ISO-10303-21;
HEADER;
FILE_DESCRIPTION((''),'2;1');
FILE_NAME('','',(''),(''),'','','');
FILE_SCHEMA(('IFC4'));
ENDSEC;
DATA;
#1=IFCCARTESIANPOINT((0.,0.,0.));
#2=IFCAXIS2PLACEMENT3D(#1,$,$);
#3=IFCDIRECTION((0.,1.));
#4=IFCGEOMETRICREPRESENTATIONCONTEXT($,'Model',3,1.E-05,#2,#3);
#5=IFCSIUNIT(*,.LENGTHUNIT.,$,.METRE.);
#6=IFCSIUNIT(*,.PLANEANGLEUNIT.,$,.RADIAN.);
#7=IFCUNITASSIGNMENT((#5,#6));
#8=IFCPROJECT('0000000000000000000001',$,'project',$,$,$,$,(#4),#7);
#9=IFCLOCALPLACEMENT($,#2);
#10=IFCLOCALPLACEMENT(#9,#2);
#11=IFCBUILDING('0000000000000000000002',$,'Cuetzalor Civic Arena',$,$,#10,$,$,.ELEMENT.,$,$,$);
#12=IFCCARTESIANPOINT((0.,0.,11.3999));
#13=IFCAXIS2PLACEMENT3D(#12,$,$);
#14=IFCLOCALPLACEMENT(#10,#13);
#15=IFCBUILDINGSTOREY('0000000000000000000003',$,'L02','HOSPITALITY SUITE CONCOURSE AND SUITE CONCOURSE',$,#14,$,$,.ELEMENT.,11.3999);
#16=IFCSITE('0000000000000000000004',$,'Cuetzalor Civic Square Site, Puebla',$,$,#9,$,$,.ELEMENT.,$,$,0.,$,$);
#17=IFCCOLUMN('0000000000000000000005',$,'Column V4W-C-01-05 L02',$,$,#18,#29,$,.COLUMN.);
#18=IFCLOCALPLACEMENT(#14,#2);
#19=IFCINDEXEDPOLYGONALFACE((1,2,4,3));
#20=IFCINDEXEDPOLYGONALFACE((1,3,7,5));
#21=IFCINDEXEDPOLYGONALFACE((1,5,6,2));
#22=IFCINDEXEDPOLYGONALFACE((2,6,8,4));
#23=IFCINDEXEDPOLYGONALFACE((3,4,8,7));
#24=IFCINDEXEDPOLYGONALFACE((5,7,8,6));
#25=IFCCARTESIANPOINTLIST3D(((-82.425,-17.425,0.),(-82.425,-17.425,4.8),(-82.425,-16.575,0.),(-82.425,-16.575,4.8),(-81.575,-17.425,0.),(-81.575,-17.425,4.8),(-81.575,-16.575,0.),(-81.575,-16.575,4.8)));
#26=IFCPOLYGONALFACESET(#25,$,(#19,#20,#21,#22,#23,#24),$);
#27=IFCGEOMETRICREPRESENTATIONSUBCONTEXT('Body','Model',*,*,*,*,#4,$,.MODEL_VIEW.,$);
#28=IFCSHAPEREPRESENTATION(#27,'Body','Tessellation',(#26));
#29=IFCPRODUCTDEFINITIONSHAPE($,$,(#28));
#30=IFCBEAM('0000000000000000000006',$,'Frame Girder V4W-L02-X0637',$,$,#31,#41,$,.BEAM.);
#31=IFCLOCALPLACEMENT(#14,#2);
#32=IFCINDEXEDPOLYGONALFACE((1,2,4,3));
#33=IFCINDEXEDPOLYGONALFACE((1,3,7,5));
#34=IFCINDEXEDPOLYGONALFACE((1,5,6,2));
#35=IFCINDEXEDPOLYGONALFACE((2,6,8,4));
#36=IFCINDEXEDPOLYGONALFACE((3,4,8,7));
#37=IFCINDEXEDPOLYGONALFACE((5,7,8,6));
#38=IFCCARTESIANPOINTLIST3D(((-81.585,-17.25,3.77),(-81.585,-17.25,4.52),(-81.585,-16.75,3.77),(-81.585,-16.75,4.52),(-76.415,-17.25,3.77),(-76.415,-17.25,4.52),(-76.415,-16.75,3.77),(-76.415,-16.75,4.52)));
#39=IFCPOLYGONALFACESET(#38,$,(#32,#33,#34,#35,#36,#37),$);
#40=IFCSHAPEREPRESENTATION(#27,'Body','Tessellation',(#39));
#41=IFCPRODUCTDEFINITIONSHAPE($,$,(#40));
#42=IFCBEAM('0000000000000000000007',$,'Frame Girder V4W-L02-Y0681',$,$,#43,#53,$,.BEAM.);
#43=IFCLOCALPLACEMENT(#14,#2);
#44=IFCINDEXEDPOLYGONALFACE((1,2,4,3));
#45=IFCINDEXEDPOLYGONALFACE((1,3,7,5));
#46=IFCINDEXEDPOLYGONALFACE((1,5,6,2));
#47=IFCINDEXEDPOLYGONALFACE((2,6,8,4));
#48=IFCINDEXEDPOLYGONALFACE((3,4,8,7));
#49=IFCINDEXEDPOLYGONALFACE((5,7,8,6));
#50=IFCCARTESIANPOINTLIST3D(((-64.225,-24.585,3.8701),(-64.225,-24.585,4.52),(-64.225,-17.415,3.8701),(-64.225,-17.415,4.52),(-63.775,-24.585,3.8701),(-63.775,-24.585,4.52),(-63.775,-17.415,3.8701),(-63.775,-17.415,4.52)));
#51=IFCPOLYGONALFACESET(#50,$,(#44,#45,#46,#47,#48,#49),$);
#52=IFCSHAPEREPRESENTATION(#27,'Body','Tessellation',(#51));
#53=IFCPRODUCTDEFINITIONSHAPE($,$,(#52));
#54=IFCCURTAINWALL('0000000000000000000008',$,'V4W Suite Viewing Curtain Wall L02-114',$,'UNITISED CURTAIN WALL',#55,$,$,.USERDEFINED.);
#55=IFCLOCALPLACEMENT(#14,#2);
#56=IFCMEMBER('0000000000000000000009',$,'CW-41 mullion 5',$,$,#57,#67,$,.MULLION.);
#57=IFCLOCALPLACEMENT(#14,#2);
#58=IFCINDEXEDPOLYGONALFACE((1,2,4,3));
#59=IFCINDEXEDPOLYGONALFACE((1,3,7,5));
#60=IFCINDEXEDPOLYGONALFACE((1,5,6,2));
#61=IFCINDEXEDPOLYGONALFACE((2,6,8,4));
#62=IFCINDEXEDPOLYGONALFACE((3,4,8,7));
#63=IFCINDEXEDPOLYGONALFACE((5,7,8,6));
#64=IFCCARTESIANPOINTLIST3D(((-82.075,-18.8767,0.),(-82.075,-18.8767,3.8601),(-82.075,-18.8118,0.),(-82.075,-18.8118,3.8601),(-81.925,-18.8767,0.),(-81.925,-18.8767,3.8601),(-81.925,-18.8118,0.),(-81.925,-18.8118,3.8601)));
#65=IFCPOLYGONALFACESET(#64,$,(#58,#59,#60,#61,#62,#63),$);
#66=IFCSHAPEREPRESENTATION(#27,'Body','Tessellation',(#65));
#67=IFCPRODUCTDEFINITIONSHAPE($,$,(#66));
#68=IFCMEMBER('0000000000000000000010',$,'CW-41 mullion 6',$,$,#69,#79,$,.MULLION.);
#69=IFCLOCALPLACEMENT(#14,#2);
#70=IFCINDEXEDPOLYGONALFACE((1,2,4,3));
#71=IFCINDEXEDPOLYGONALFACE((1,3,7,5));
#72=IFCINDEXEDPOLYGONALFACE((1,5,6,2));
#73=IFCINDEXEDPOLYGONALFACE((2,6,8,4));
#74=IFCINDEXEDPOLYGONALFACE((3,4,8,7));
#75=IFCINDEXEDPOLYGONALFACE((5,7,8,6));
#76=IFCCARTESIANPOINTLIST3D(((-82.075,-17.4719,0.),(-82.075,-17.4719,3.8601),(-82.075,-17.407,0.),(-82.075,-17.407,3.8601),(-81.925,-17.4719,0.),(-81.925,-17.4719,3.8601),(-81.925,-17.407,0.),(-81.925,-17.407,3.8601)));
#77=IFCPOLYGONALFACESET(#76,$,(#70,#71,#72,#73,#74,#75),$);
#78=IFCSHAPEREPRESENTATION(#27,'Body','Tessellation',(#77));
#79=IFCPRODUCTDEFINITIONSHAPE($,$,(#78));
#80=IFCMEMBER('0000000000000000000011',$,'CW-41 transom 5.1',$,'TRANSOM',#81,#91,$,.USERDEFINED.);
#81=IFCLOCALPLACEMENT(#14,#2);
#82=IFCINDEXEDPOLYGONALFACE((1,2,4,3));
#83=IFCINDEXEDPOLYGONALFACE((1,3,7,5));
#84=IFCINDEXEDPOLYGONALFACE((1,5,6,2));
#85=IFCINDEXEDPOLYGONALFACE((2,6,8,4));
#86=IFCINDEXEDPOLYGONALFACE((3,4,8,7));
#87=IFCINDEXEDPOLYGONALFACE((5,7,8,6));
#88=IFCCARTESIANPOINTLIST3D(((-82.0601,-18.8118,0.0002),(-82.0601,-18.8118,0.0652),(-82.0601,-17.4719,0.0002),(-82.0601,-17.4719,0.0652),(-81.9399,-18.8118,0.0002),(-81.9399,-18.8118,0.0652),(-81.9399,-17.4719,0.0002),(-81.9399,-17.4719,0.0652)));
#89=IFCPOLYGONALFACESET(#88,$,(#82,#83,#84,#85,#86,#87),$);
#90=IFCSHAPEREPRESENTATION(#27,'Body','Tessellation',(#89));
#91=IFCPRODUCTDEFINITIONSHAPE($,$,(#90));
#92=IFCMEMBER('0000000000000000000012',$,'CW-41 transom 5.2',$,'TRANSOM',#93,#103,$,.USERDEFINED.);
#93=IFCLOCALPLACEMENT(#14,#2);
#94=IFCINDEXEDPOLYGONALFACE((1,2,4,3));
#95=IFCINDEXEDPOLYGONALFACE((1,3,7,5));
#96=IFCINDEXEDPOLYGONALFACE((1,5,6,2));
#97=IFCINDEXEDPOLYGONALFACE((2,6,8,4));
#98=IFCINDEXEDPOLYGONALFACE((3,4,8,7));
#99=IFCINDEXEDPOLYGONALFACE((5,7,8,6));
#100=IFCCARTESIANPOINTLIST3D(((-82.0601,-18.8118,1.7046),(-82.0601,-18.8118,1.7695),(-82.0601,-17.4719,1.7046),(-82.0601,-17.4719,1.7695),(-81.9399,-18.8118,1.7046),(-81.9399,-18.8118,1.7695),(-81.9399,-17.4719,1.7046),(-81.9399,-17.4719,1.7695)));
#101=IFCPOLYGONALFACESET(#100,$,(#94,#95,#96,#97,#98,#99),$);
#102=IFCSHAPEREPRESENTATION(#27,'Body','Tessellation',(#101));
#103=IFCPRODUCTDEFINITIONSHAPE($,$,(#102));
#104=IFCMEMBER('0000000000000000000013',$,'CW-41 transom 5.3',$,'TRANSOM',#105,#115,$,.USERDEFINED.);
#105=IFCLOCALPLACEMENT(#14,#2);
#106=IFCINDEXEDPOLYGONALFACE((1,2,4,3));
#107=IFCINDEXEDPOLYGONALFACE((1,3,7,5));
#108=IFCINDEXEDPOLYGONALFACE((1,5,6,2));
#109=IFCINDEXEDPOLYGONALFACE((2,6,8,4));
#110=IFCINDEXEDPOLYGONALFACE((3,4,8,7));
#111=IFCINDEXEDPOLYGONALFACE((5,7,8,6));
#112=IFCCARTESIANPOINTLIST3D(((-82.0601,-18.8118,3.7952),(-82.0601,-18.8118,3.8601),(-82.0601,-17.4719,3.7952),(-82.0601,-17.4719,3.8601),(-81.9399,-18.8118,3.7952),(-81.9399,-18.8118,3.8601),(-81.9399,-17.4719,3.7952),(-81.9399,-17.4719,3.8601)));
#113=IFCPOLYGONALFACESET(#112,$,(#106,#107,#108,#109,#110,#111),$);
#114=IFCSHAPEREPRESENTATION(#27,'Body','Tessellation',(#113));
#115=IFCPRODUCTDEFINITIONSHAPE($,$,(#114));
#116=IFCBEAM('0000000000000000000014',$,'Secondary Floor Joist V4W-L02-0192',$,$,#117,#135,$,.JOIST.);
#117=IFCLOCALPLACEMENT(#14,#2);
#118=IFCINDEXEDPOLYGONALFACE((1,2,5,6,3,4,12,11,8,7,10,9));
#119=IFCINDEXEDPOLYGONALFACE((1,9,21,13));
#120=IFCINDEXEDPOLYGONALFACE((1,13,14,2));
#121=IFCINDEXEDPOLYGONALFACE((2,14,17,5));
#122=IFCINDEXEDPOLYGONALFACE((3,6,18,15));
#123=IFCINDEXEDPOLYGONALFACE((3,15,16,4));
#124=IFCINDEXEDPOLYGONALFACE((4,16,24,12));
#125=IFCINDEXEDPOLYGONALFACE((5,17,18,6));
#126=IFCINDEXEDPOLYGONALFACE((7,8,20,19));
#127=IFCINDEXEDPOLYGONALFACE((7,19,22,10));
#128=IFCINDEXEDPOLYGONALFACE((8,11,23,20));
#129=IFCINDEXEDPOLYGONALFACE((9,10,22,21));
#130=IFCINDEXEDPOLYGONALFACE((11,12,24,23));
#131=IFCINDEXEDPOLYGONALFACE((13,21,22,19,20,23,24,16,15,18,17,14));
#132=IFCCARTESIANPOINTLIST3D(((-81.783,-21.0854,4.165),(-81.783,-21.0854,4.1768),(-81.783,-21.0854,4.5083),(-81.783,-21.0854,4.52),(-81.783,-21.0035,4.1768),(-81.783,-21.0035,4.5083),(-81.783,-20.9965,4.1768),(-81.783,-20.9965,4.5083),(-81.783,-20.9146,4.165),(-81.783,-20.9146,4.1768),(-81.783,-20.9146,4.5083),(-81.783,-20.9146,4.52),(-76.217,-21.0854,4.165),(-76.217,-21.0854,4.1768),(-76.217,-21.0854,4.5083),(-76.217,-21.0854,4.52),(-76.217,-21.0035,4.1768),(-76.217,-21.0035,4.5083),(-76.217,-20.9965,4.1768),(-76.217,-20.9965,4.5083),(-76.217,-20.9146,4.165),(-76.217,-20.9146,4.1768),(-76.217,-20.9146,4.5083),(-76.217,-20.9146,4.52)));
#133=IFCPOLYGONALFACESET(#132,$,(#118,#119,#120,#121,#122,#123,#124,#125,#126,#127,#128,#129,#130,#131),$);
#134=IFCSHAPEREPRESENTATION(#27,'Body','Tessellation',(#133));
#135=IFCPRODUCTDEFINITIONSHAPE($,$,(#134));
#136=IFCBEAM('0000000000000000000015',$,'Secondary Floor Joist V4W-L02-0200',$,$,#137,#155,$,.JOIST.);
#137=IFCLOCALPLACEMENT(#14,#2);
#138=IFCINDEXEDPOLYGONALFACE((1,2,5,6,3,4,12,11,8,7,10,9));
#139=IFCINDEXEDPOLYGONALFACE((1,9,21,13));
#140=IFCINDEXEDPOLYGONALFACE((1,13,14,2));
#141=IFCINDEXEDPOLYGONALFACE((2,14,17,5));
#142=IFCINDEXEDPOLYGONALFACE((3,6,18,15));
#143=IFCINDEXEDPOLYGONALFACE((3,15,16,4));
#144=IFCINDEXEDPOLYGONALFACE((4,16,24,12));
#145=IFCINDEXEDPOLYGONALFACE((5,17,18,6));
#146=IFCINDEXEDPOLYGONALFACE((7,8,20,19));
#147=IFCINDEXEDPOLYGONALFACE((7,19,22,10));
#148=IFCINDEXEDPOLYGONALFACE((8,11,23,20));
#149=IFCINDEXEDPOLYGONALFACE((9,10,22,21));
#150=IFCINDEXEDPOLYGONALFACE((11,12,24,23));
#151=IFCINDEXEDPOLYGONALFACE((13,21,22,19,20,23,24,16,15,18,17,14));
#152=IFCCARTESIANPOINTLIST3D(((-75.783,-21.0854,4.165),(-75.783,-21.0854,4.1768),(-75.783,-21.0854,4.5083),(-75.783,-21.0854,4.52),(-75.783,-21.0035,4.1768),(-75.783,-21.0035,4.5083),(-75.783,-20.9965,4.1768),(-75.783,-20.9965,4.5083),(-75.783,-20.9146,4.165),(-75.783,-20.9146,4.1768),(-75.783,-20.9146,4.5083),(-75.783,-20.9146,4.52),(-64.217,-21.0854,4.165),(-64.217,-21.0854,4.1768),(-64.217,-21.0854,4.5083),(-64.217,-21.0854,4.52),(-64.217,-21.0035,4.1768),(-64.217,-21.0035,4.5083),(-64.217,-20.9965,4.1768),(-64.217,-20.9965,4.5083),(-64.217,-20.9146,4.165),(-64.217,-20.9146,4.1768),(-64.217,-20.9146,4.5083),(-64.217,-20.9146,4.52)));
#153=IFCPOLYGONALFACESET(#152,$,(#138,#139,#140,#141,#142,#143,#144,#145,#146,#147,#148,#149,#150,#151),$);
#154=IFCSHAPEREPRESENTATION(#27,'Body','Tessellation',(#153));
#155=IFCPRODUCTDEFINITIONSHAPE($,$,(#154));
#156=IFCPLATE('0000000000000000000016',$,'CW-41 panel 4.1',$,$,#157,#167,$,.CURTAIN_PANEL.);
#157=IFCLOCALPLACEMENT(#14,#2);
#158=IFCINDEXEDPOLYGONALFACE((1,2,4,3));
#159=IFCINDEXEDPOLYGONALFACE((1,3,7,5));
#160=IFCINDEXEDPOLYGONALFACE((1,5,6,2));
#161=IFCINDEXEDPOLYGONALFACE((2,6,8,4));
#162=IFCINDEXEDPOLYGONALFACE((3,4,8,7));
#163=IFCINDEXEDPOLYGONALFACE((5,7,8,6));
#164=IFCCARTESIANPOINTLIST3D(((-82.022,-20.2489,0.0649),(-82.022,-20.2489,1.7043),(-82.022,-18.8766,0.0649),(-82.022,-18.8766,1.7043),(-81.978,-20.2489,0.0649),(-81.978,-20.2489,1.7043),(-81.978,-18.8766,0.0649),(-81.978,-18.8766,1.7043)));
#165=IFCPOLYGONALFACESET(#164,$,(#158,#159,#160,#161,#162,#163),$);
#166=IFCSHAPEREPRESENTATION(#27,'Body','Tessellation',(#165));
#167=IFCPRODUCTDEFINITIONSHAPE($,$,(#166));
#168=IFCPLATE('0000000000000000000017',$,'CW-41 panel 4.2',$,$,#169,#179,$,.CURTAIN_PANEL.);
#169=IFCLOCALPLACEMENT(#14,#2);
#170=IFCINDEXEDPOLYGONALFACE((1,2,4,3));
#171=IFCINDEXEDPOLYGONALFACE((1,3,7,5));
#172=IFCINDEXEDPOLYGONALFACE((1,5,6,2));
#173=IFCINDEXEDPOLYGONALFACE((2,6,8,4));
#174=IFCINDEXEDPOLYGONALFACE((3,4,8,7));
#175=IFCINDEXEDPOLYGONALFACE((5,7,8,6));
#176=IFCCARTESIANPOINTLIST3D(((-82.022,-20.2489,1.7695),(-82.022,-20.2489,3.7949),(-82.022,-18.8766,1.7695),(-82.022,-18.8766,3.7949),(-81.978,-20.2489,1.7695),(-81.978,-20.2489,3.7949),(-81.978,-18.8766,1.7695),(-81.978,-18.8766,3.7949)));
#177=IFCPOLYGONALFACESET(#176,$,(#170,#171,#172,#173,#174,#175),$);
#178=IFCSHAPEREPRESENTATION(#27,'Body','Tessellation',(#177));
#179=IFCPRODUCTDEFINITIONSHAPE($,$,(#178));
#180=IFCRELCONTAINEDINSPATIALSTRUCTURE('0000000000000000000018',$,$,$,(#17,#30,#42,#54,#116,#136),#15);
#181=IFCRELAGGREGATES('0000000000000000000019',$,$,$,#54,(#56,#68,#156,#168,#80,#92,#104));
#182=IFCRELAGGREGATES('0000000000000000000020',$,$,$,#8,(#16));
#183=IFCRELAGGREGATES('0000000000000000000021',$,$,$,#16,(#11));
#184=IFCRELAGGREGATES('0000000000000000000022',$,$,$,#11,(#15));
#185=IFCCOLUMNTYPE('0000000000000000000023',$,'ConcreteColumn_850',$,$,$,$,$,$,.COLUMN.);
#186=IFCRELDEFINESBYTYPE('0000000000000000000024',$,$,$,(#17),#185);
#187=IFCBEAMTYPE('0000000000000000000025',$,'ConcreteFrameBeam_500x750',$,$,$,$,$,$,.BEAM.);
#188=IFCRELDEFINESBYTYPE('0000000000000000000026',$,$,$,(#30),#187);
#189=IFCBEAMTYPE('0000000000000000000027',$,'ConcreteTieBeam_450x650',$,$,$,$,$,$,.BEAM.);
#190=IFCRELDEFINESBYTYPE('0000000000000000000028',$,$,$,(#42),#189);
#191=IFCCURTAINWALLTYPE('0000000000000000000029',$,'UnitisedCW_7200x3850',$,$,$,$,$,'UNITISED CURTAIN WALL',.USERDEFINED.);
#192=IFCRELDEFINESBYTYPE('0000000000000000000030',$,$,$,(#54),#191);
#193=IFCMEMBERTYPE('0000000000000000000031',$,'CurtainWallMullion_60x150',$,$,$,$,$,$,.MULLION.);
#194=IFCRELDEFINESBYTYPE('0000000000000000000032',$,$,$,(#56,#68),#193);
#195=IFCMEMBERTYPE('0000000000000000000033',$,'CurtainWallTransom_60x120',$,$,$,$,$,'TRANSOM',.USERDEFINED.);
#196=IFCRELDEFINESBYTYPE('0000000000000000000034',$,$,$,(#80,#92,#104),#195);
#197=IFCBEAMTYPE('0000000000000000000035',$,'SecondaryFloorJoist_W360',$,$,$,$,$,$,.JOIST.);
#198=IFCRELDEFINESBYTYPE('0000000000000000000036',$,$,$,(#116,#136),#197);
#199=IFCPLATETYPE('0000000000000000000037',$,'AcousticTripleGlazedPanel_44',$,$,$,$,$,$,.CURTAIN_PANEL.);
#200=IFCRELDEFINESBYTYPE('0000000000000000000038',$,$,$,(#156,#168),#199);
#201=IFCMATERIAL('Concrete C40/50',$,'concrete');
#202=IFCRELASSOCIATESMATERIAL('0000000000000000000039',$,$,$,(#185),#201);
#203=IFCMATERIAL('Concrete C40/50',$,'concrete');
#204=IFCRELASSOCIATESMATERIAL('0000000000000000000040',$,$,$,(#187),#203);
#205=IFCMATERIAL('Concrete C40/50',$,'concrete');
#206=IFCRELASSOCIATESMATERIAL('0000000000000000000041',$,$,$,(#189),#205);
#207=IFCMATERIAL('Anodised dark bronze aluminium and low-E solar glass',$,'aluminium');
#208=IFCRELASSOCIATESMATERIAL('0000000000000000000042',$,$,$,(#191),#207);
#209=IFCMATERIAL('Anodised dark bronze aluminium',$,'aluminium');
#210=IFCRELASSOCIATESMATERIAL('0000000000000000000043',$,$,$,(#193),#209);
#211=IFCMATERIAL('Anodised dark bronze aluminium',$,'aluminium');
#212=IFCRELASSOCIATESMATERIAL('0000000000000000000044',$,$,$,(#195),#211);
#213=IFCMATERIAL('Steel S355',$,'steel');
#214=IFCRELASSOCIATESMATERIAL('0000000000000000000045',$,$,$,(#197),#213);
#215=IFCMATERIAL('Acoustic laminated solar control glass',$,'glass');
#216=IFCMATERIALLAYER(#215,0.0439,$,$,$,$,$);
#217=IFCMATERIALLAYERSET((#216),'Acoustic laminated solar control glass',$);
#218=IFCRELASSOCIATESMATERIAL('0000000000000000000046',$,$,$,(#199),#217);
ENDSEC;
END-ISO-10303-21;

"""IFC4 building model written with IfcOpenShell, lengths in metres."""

from ifc_helpers import new_model, si_unit, direction, frame, origin, origin_2d, place, context, subcontext, project, spatial, rectangle, i_section, extrude, material, layer, layer_set, material_profile, profile_set, type_object, element, aggregate, save


model = new_model("IFC4")

# Units and contexts
model_context = context("Model", 3, precision=1e-05, world=origin(), true_north=direction((0.0, 1.0)))
body_context = subcontext(model_context, "Body", "Model", "MODEL_VIEW")
ifc_project = project(units=[si_unit("LENGTHUNIT", "METRE"), si_unit("PLANEANGLEUNIT", "RADIAN")], contexts=[model_context])

# Site, building, storey
site_placement = place(None, origin())
site = spatial("IfcSite", under=ifc_project, at=site_placement, Name="Cuetzalor Civic Square Site, Puebla", CompositionType="ELEMENT", RefElevation=0.0)
building_placement = place(site_placement, origin())
building = spatial("IfcBuilding", under=site, at=building_placement, Name="Cuetzalor Civic Arena", CompositionType="ELEMENT")
storey_placement = place(building_placement, frame((0.0, 0.0, 11.3999)))
storey = spatial("IfcBuildingStorey", under=building, at=storey_placement, Name="L02", Description="HOSPITALITY SUITE CONCOURSE AND SUITE CONCOURSE", CompositionType="ELEMENT", Elevation=11.3999)

# Column
ifc_material_1 = material(Name="Concrete C40/50", Category="concrete")
ifc_material_profile_1 = material_profile(ifc_material_1, rectangle(XDim=0.8501, YDim=0.8501, at=origin_2d()), Name="RC 850x850")
ifc_profile_set_1 = profile_set([ifc_material_profile_1], Name="Concrete C40/50")
column_type = type_object("IfcColumnType", Name="ConcreteColumn_850", PredefinedType="COLUMN", material=ifc_profile_set_1)
column_placement = place(storey_placement, frame((-82.0, -17.0, 0.0), z_axis=(0.0, 0.0, 1.0), x_axis=(1.0, 0.0, 0.0)))
element("IfcColumn", 1, at=column_placement, inside=storey, type_object=column_type, Name="Column V4W-C-01-05 L02", PredefinedType="COLUMN", context=body_context, shape_type="SweptSolid", body=[
    extrude(rectangle(XDim=0.8501, YDim=0.8501, at=origin_2d()), origin(), (0.0, 0.0, 1.0), 4.8),
])

# Beams
ifc_material_2 = material(Name="Concrete C40/50", Category="concrete")
ifc_material_profile_2 = material_profile(ifc_material_2, rectangle(XDim=0.5, YDim=0.75, at=origin_2d()), Name="RC 500x750")
ifc_profile_set_2 = profile_set([ifc_material_profile_2], Name="Concrete C40/50")
beam_type_1 = type_object("IfcBeamType", Name="ConcreteFrameBeam_500x750", PredefinedType="BEAM", material=ifc_profile_set_2)
beam_1_placement = place(storey_placement, frame((-81.585, -17.0, 4.145), z_axis=(1.0, 0.0, 0.0), x_axis=(0.0, 1.0, 0.0)))
element("IfcBeam", 2, at=beam_1_placement, inside=storey, type_object=beam_type_1, Name="Frame Girder V4W-L02-X0637", PredefinedType="BEAM", context=body_context, shape_type="SweptSolid", body=[
    extrude(rectangle(XDim=0.5, YDim=0.75, at=origin_2d()), origin(), (0.0, 0.0, 1.0), 5.1699),
])
ifc_material_3 = material(Name="Concrete C40/50", Category="concrete")
ifc_material_profile_3 = material_profile(ifc_material_3, rectangle(XDim=0.45, YDim=0.6499, at=origin_2d()), Name="RC 450x650")
ifc_profile_set_3 = profile_set([ifc_material_profile_3], Name="Concrete C40/50")
beam_type_2 = type_object("IfcBeamType", Name="ConcreteTieBeam_450x650", PredefinedType="BEAM", material=ifc_profile_set_3)
beam_2_placement = place(storey_placement, frame((-64.0, -24.585, 4.1951), z_axis=(0.0, 1.0, 0.0), x_axis=(-1.0, 0.0, 0.0)))
element("IfcBeam", 3, at=beam_2_placement, inside=storey, type_object=beam_type_2, Name="Frame Girder V4W-L02-Y0681", PredefinedType="BEAM", context=body_context, shape_type="SweptSolid", body=[
    extrude(rectangle(XDim=0.45, YDim=0.6499, at=origin_2d()), origin(), (0.0, 0.0, 1.0), 7.1699),
])

# Curtain wall, members
ifc_material_4 = material(Name="Anodised dark bronze aluminium and low-E solar glass", Category="aluminium")
curtain_wall_type = type_object("IfcCurtainWallType", Name="UnitisedCW_7200x3850", ElementType="UNITISED CURTAIN WALL", PredefinedType="USERDEFINED", material=ifc_material_4)
curtain_wall_placement = place(storey_placement, origin())
curtain_wall = element("IfcCurtainWall", 4, at=curtain_wall_placement, inside=storey, type_object=curtain_wall_type, Name="V4W Suite Viewing Curtain Wall L02-114", ObjectType="UNITISED CURTAIN WALL", PredefinedType="USERDEFINED")
ifc_material_5 = material(Name="Anodised dark bronze aluminium", Category="aluminium")
ifc_material_profile_4 = material_profile(ifc_material_5, rectangle(XDim=0.0649, YDim=0.1499, at=origin_2d()), Name="ALU MULLION 65x150")
ifc_profile_set_4 = profile_set([ifc_material_profile_4], Name="Anodised dark bronze aluminium")
member_type_1 = type_object("IfcMemberType", Name="CurtainWallMullion_60x150", PredefinedType="MULLION", material=ifc_profile_set_4)
member_1_placement = place(storey_placement, frame((-82.0, -18.8442, 0.0), z_axis=(0.0, 0.0, 1.0), x_axis=(0.0, 1.0, 0.0)))
member_1 = element("IfcMember", 5, at=member_1_placement, type_object=member_type_1, Name="CW-41 mullion 5", PredefinedType="MULLION", context=body_context, shape_type="SweptSolid", body=[
    extrude(rectangle(XDim=0.0649, YDim=0.1499, at=origin_2d()), origin(), (0.0, 0.0, 1.0), 3.8601),
])
member_2_placement = place(storey_placement, frame((-82.0, -17.4395, 0.0), z_axis=(0.0, 0.0, 1.0), x_axis=(0.0, 1.0, 0.0)))
member_2 = element("IfcMember", 6, at=member_2_placement, type_object=member_type_1, Name="CW-41 mullion 6", PredefinedType="MULLION", context=body_context, shape_type="SweptSolid", body=[
    extrude(rectangle(XDim=0.0649, YDim=0.1499, at=origin_2d()), origin(), (0.0, 0.0, 1.0), 3.8601),
])
ifc_material_6 = material(Name="Anodised dark bronze aluminium", Category="aluminium")
ifc_material_profile_5 = material_profile(ifc_material_6, rectangle(XDim=0.1201, YDim=0.0649, at=origin_2d()), Name="ALU TRANSOM 65x120")
ifc_profile_set_5 = profile_set([ifc_material_profile_5], Name="Anodised dark bronze aluminium")
member_type_2 = type_object("IfcMemberType", Name="CurtainWallTransom_60x120", ElementType="TRANSOM", PredefinedType="USERDEFINED", material=ifc_profile_set_5)
member_3_placement = place(storey_placement, frame((-82.0, -18.8118, 0.0327), z_axis=(0.0, 1.0, 0.0), x_axis=(-1.0, 0.0, 0.0)))
member_3 = element("IfcMember", 7, at=member_3_placement, type_object=member_type_2, Name="CW-41 transom 5.1", ObjectType="TRANSOM", PredefinedType="USERDEFINED", context=body_context, shape_type="SweptSolid", body=[
    extrude(rectangle(XDim=0.1201, YDim=0.0649, at=origin_2d()), origin(), (0.0, 0.0, 1.0), 1.3398),
])
member_4_placement = place(storey_placement, frame((-82.0, -18.8118, 1.7371), z_axis=(0.0, 1.0, 0.0), x_axis=(-1.0, 0.0, 0.0)))
member_4 = element("IfcMember", 8, at=member_4_placement, type_object=member_type_2, Name="CW-41 transom 5.2", ObjectType="TRANSOM", PredefinedType="USERDEFINED", context=body_context, shape_type="SweptSolid", body=[
    extrude(rectangle(XDim=0.1201, YDim=0.0649, at=origin_2d()), origin(), (0.0, 0.0, 1.0), 1.3398),
])
member_5_placement = place(storey_placement, frame((-82.0, -18.8118, 3.8276), z_axis=(0.0, 1.0, 0.0), x_axis=(-1.0, 0.0, 0.0)))
member_5 = element("IfcMember", 9, at=member_5_placement, type_object=member_type_2, Name="CW-41 transom 5.3", ObjectType="TRANSOM", PredefinedType="USERDEFINED", context=body_context, shape_type="SweptSolid", body=[
    extrude(rectangle(XDim=0.1201, YDim=0.0649, at=origin_2d()), origin(), (0.0, 0.0, 1.0), 1.3398),
])

# Beams
ifc_material_7 = material(Name="Steel S355", Category="steel")
ifc_material_profile_6 = material_profile(ifc_material_7, i_section(OverallWidth=0.1709, OverallDepth=0.355, WebThickness=0.0071, FlangeThickness=0.0117, at=origin_2d()), Name="W360x51")
ifc_profile_set_6 = profile_set([ifc_material_profile_6], Name="Steel S355")
beam_type_3 = type_object("IfcBeamType", Name="SecondaryFloorJoist_W360", PredefinedType="JOIST", material=ifc_profile_set_6)
beam_3_placement = place(storey_placement, frame((-81.783, -21.0, 4.3425), z_axis=(1.0, 0.0, 0.0), x_axis=(0.0, 1.0, 0.0)))
element("IfcBeam", 10, at=beam_3_placement, inside=storey, type_object=beam_type_3, Name="Secondary Floor Joist V4W-L02-0192", PredefinedType="JOIST", context=body_context, shape_type="SweptSolid", body=[
    extrude(i_section(OverallWidth=0.1709, OverallDepth=0.355, WebThickness=0.0071, FlangeThickness=0.0117, at=origin_2d()), origin(), (0.0, 0.0, 1.0), 5.5659),
])
beam_4_placement = place(storey_placement, frame((-75.783, -21.0, 4.3425), z_axis=(1.0, 0.0, 0.0), x_axis=(0.0, 1.0, 0.0)))
element("IfcBeam", 11, at=beam_4_placement, inside=storey, type_object=beam_type_3, Name="Secondary Floor Joist V4W-L02-0200", PredefinedType="JOIST", context=body_context, shape_type="SweptSolid", body=[
    extrude(i_section(OverallWidth=0.1709, OverallDepth=0.355, WebThickness=0.0071, FlangeThickness=0.0117, at=origin_2d()), origin(), (0.0, 0.0, 1.0), 11.5659),
])

# Plates
ifc_material_8 = material(Name="Acoustic laminated solar control glass", Category="glass")
ifc_layer_1 = layer(ifc_material_8, 0.0439)
ifc_layer_set_1 = layer_set([ifc_layer_1], Name="Acoustic laminated solar control glass")
plate_type = type_object("IfcPlateType", Name="AcousticTripleGlazedPanel_44", PredefinedType="CURTAIN_PANEL", material=ifc_layer_set_1)
plate_1_placement = place(storey_placement, frame((-82.0, -19.5627, 0.0649), z_axis=(0.0, 0.0, 1.0), x_axis=(0.0, 1.0, 0.0)))
plate_1 = element("IfcPlate", 12, at=plate_1_placement, type_object=plate_type, Name="CW-41 panel 4.1", PredefinedType="CURTAIN_PANEL", context=body_context, shape_type="SweptSolid", body=[
    extrude(rectangle(XDim=1.3723, YDim=0.0439, at=origin_2d()), origin(), (0.0, 0.0, 1.0), 1.6394),
])
plate_2_placement = place(storey_placement, frame((-82.0, -19.5627, 1.7695), z_axis=(0.0, 0.0, 1.0), x_axis=(0.0, 1.0, 0.0)))
plate_2 = element("IfcPlate", 13, at=plate_2_placement, type_object=plate_type, Name="CW-41 panel 4.2", PredefinedType="CURTAIN_PANEL", context=body_context, shape_type="SweptSolid", body=[
    extrude(rectangle(XDim=1.3723, YDim=0.0439, at=origin_2d()), origin(), (0.0, 0.0, 1.0), 2.0254),
])
aggregate(curtain_wall, [member_1, member_2, plate_1, plate_2, member_3, member_4, member_5])

save(model, "model.ifc")
